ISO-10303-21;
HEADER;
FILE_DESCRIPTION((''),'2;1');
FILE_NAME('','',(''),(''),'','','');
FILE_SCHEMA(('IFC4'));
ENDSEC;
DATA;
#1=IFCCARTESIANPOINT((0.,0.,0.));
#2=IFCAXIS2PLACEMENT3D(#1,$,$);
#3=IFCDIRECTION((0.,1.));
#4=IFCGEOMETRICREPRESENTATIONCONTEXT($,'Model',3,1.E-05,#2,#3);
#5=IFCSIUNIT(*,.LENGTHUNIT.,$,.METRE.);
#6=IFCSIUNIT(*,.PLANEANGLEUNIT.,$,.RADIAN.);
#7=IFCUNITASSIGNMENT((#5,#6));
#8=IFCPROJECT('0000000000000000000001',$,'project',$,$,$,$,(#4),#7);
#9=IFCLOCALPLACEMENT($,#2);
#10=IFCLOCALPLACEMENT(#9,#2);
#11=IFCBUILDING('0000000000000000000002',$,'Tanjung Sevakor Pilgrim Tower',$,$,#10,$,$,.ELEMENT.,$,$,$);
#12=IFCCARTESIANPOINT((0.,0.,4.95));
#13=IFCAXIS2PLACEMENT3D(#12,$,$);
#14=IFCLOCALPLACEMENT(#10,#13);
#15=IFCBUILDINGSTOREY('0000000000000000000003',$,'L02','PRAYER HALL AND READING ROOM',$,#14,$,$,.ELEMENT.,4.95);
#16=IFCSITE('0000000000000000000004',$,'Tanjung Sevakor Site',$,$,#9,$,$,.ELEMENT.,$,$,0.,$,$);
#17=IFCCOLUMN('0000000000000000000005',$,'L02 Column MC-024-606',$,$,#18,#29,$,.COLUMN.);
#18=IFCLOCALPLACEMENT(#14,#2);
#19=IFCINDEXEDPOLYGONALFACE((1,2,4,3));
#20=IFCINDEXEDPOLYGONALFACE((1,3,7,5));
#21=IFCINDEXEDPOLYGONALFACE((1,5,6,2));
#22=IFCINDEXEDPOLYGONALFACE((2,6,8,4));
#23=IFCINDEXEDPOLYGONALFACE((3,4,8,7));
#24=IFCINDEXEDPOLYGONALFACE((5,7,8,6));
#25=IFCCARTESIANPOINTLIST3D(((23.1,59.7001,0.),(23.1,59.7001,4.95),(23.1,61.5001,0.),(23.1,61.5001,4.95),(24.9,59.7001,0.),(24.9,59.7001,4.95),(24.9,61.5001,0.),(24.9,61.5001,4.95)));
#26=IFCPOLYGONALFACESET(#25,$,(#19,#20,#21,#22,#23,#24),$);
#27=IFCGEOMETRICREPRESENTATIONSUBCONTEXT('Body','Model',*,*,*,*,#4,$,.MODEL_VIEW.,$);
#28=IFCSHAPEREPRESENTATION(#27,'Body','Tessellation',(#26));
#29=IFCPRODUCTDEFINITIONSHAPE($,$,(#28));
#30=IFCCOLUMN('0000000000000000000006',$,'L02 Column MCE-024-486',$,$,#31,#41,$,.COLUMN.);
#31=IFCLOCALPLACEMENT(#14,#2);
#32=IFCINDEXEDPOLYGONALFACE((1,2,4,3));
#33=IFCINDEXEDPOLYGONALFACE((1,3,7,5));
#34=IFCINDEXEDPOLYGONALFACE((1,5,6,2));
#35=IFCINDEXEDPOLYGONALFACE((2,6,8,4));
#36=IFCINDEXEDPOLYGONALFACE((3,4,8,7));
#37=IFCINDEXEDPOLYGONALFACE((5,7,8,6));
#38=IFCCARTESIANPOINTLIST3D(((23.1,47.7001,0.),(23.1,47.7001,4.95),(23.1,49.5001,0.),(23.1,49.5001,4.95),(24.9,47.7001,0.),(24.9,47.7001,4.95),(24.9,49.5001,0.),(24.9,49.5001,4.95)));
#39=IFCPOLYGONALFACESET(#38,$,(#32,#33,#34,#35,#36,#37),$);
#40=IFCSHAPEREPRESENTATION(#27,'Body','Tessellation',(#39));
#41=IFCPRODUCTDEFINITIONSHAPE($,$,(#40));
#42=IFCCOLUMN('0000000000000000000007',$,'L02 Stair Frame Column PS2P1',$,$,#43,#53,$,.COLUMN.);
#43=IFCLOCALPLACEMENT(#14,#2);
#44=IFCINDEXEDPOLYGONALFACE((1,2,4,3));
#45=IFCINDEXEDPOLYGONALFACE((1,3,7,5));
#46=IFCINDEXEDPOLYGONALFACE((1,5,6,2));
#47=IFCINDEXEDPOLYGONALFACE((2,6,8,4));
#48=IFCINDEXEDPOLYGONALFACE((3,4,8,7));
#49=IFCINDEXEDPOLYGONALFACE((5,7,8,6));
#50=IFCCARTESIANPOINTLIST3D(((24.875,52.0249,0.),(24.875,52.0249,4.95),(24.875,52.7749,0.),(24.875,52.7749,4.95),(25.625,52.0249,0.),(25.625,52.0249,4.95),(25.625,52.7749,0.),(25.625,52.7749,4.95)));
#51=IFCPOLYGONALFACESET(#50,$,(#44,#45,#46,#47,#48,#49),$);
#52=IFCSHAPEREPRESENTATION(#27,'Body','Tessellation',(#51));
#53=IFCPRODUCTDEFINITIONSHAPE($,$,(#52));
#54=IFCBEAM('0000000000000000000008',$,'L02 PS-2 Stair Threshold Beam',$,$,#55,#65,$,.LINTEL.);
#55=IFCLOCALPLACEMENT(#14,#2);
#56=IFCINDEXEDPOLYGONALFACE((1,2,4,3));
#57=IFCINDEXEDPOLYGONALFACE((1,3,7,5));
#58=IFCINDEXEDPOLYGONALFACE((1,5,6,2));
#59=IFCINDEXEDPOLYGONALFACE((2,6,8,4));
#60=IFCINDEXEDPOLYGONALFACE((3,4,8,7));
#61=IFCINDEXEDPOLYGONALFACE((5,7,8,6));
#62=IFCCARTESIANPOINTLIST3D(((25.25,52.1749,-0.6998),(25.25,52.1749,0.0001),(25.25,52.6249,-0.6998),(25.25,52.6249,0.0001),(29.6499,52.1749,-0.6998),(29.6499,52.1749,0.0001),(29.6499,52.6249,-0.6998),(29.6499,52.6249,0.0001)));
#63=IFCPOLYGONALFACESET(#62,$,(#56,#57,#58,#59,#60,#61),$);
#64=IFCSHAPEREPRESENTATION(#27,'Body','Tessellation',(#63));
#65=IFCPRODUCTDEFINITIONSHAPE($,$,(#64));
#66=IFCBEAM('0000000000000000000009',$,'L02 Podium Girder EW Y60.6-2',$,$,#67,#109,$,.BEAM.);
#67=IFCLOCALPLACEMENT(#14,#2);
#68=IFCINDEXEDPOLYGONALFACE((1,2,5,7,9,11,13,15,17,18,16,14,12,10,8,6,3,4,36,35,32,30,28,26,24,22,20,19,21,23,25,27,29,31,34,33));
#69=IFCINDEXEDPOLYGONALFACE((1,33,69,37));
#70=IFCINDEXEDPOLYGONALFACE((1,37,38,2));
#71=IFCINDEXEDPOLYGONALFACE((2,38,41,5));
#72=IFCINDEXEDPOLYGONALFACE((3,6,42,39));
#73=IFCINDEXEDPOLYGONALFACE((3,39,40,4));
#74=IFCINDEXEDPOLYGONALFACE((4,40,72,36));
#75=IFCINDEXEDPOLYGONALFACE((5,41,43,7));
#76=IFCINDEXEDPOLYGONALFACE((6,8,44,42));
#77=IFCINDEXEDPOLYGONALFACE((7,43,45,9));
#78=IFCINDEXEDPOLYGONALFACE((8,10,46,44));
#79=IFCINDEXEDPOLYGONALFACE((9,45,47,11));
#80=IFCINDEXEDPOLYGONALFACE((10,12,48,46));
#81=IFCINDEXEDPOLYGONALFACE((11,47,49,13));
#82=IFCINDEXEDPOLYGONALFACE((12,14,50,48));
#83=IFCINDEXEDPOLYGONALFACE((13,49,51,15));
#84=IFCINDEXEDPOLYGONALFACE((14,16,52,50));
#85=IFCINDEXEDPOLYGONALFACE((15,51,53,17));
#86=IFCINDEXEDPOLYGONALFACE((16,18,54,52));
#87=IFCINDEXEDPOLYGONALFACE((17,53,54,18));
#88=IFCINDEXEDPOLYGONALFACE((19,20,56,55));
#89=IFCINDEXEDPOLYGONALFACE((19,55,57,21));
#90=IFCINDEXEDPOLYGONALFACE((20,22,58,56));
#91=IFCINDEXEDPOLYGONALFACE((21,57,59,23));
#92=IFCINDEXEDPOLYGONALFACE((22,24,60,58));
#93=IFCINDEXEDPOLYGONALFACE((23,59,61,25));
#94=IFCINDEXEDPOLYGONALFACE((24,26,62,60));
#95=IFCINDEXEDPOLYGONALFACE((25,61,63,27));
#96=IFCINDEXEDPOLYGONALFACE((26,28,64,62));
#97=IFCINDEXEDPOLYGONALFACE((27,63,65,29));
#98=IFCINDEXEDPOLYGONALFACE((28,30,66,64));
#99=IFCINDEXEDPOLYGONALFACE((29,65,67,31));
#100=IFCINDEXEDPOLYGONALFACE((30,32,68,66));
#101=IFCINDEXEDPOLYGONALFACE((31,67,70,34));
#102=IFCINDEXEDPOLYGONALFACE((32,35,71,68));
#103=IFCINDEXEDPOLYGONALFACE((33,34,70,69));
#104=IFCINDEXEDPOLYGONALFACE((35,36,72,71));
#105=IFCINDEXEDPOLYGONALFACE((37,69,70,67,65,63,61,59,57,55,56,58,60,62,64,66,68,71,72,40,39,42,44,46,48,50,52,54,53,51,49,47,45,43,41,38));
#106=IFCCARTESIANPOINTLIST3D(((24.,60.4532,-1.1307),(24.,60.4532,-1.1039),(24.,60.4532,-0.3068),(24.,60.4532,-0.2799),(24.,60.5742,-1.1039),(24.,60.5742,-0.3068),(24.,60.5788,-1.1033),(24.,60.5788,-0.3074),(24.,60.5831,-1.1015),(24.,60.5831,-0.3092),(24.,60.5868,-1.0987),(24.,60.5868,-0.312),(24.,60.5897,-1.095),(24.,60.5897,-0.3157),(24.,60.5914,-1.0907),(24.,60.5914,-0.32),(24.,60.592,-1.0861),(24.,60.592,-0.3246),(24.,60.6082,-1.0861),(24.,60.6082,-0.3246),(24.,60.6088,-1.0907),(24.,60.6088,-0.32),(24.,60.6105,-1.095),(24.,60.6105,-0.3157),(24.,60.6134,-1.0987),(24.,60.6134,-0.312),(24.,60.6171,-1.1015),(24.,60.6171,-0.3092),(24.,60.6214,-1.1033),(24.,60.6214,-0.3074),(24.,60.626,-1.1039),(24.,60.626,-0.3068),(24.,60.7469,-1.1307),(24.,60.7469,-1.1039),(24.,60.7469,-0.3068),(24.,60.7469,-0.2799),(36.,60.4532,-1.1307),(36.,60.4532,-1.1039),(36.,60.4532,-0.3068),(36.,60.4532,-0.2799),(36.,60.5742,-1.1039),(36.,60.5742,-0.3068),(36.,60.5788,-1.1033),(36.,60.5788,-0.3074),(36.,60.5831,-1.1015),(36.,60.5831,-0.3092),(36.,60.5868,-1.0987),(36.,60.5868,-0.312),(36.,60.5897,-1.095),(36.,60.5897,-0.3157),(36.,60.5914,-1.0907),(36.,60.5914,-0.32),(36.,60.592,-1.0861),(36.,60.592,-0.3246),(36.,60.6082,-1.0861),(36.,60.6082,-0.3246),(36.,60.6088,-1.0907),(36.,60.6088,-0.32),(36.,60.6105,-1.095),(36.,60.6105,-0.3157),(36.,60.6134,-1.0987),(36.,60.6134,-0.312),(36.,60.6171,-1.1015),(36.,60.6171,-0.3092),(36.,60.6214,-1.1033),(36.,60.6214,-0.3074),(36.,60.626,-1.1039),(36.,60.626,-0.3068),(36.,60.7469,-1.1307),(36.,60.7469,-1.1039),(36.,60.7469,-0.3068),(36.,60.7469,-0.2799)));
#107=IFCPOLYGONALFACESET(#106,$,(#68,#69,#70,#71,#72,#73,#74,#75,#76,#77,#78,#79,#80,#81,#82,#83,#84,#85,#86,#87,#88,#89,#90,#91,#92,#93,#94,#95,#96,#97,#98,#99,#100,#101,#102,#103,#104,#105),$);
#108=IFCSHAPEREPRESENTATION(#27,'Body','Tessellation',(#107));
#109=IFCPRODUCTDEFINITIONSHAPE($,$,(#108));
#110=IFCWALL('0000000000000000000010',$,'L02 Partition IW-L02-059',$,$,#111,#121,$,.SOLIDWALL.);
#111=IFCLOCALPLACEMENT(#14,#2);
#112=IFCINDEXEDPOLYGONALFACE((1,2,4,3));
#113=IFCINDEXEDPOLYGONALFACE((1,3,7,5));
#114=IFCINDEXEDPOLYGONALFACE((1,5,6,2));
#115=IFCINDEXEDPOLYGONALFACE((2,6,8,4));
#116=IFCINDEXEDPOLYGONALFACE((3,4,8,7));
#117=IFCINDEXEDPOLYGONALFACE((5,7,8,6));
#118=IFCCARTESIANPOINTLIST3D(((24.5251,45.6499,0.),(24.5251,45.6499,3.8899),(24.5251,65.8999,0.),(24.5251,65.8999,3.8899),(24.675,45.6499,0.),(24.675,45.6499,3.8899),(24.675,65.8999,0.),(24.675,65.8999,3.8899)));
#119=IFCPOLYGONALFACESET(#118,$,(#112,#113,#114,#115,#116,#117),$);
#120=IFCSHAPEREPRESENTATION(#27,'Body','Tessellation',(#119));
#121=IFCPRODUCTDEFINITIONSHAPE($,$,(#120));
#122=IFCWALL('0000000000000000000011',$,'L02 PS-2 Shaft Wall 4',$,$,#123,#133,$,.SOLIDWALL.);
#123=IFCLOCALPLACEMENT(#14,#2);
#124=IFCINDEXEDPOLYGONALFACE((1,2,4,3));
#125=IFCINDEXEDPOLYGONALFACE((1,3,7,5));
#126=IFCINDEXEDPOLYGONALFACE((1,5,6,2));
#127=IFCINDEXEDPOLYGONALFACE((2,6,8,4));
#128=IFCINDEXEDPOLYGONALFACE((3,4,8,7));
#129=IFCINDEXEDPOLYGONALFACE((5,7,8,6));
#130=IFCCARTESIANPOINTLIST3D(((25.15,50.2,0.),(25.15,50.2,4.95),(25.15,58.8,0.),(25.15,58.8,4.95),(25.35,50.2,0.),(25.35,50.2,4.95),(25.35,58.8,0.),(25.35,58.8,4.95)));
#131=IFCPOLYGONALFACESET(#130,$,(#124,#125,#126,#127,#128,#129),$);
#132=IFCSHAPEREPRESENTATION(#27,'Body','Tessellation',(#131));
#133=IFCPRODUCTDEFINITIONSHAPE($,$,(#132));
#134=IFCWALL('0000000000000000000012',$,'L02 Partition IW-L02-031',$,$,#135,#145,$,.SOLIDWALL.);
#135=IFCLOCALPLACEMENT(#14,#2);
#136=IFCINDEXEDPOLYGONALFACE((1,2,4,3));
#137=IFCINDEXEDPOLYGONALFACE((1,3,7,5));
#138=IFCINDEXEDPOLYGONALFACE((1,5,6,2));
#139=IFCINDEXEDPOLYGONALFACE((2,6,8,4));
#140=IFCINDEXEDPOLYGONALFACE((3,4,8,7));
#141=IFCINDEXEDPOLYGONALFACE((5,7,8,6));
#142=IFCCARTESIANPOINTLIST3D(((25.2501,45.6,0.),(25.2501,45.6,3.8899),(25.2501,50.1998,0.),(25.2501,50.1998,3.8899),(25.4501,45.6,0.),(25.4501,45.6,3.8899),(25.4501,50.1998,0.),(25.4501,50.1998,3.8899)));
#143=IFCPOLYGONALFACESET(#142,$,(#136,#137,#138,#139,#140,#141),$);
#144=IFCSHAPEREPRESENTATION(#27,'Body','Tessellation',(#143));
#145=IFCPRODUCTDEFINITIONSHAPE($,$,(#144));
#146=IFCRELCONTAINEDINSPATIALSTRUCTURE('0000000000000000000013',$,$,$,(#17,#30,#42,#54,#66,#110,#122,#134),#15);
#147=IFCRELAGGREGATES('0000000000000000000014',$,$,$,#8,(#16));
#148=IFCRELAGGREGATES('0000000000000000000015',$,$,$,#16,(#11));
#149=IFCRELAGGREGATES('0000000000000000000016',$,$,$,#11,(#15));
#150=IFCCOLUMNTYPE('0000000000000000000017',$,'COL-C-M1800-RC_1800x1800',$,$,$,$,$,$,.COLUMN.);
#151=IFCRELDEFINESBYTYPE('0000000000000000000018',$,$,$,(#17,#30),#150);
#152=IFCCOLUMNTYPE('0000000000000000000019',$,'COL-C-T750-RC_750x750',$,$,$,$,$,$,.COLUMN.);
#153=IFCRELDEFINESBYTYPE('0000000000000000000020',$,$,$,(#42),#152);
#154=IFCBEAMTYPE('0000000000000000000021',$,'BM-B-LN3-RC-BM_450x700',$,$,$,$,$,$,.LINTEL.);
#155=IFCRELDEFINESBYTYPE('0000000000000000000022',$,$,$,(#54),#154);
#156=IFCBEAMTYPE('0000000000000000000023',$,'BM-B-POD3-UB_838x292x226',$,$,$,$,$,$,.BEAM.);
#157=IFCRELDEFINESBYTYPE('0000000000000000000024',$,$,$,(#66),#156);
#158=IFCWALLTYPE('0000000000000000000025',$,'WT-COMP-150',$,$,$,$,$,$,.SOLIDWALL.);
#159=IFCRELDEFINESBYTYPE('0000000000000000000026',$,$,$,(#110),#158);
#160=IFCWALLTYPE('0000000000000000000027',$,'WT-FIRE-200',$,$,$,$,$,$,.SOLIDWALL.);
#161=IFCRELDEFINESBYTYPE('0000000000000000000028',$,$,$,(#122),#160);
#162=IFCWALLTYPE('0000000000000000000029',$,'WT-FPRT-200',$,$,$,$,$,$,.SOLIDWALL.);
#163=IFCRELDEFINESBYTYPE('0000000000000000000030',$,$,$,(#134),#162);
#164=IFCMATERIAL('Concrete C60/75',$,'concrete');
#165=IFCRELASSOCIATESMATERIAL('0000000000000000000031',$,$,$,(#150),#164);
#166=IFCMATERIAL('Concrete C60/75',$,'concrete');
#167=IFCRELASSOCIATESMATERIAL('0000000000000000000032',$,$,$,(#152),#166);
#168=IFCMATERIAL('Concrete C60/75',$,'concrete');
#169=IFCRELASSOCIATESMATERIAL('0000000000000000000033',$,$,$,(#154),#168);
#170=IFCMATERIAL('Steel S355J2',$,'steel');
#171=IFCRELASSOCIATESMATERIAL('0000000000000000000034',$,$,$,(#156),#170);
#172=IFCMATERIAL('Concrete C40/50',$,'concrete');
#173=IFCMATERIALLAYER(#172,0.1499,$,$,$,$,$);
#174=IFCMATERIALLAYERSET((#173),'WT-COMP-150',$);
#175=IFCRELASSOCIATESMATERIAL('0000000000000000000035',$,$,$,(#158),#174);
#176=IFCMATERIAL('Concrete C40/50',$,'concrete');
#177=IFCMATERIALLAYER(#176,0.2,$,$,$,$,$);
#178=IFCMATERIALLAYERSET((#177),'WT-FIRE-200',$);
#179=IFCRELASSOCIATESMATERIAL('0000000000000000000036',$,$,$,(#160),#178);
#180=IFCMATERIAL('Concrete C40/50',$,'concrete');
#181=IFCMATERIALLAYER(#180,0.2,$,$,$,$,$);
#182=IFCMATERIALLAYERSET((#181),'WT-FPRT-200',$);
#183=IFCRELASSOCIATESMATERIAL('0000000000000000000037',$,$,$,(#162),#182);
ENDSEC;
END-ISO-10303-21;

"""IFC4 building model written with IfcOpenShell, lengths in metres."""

from ifc_helpers import new_model, si_unit, direction, frame, frame_2d, origin, origin_2d, place, context, subcontext, project, spatial, rectangle, i_section, extrude, material, layer, layer_set, material_profile, profile_set, type_object, element, save


model = new_model("IFC4")

# Units and contexts
model_context = context("Model", 3, precision=1e-05, world=origin(), true_north=direction((0.0, 1.0)))
body_context = subcontext(model_context, "Body", "Model", "MODEL_VIEW")
ifc_project = project(units=[si_unit("LENGTHUNIT", "METRE"), si_unit("PLANEANGLEUNIT", "RADIAN")], contexts=[model_context])

# Site, building, storey
site_placement = place(None, origin())
site = spatial("IfcSite", under=ifc_project, at=site_placement, Name="Tanjung Sevakor Site", CompositionType="ELEMENT", RefElevation=0.0)
building_placement = place(site_placement, origin())
building = spatial("IfcBuilding", under=site, at=building_placement, Name="Tanjung Sevakor Pilgrim Tower", CompositionType="ELEMENT")
storey_placement = place(building_placement, frame((0.0, 0.0, 4.95)))
storey = spatial("IfcBuildingStorey", under=building, at=storey_placement, Name="L02", Description="PRAYER HALL AND READING ROOM", CompositionType="ELEMENT", Elevation=4.95)

# Columns
ifc_material_1 = material(Name="Concrete C60/75", Category="concrete")
ifc_material_profile_1 = material_profile(ifc_material_1, rectangle(XDim=1.8, YDim=1.8, at=origin_2d()))
ifc_profile_set_1 = profile_set([ifc_material_profile_1], Name="Concrete C60/75")
column_type_1 = type_object("IfcColumnType", Name="COL-C-M1800-RC_1800x1800", PredefinedType="COLUMN", material=ifc_profile_set_1)
for number, where, z_axis, x_axis, name in (
    (1, (24.0, 60.6001, 0.0), (0.0, 0.0, 1.0), (1.0, 0.0, 0.0), "L02 Column MC-024-606"),
    (2, (24.0, 48.6001, 0.0), (0.0, 0.0, 1.0), (1.0, 0.0, 0.0), "L02 Column MCE-024-486"),
):
    element("IfcColumn", number, at=place(storey_placement, frame(where, z_axis=z_axis, x_axis=x_axis)), inside=storey, type_object=column_type_1, Name=name, PredefinedType="COLUMN", context=body_context, shape_type="SweptSolid", body=[
        extrude(rectangle(XDim=1.8, YDim=1.8, at=origin_2d()), origin(), (0.0, 0.0, 1.0), 4.95),
    ])
ifc_material_2 = material(Name="Concrete C60/75", Category="concrete")
ifc_material_profile_2 = material_profile(ifc_material_2, rectangle(XDim=0.75, YDim=0.75, at=origin_2d()))
ifc_profile_set_2 = profile_set([ifc_material_profile_2], Name="Concrete C60/75")
column_type_2 = type_object("IfcColumnType", Name="COL-C-T750-RC_750x750", PredefinedType="COLUMN", material=ifc_profile_set_2)
column_placement = place(storey_placement, frame((25.25, 52.3999, 0.0), z_axis=(0.0, 0.0, 1.0), x_axis=(1.0, 0.0, 0.0)))
element("IfcColumn", 3, at=column_placement, inside=storey, type_object=column_type_2, Name="L02 Stair Frame Column PS2P1", PredefinedType="COLUMN", context=body_context, shape_type="SweptSolid", body=[
    extrude(rectangle(XDim=0.75, YDim=0.75, at=origin_2d()), origin(), (0.0, 0.0, 1.0), 4.95),
])

# Beams
ifc_material_3 = material(Name="Concrete C60/75", Category="concrete")
ifc_material_profile_3 = material_profile(ifc_material_3, rectangle(XDim=0.45, YDim=0.7, at=origin_2d()))
ifc_profile_set_3 = profile_set([ifc_material_profile_3], Name="Concrete C60/75")
beam_type_1 = type_object("IfcBeamType", Name="BM-B-LN3-RC-BM_450x700", PredefinedType="LINTEL", material=ifc_profile_set_3)
beam_1_placement = place(storey_placement, frame((25.25, 52.3999, -0.3499), z_axis=(1.0, 0.0, 0.0), x_axis=(0.0, 1.0, 0.0)))
element("IfcBeam", 4, at=beam_1_placement, inside=storey, type_object=beam_type_1, Name="L02 PS-2 Stair Threshold Beam", PredefinedType="LINTEL", context=body_context, shape_type="SweptSolid", body=[
    extrude(rectangle(XDim=0.45, YDim=0.7, at=origin_2d()), origin(), (0.0, 0.0, 1.0), 4.3999),
])
ifc_material_4 = material(Name="Steel S355J2", Category="steel")
ifc_material_profile_4 = material_profile(ifc_material_4, i_section(OverallWidth=0.2937, OverallDepth=0.8508, WebThickness=0.0161, FlangeThickness=0.0269, FilletRadius=0.0178, at=origin_2d()))
ifc_profile_set_4 = profile_set([ifc_material_profile_4], Name="Steel S355J2")
beam_type_2 = type_object("IfcBeamType", Name="BM-B-POD3-UB_838x292x226", PredefinedType="BEAM", material=ifc_profile_set_4)
beam_2_placement = place(storey_placement, frame((24.0, 60.6001, -0.7053), z_axis=(1.0, 0.0, 0.0), x_axis=(0.0, 1.0, 0.0)))
element("IfcBeam", 5, at=beam_2_placement, inside=storey, type_object=beam_type_2, Name="L02 Podium Girder EW Y60.6-2", PredefinedType="BEAM", context=body_context, shape_type="SweptSolid", body=[
    extrude(i_section(OverallWidth=0.2937, OverallDepth=0.8508, WebThickness=0.0161, FlangeThickness=0.0269, FilletRadius=0.0178, at=origin_2d()), origin(), (0.0, 0.0, 1.0), 12.0),
])

# Wall
ifc_material_5 = material(Name="Concrete C40/50", Category="concrete")
ifc_layer_1 = layer(ifc_material_5, 0.1499)
ifc_layer_set_1 = layer_set([ifc_layer_1], Name="WT-COMP-150")
wall_type_1 = type_object("IfcWallType", Name="WT-COMP-150", PredefinedType="SOLIDWALL", material=ifc_layer_set_1)
wall_1_placement = place(storey_placement, frame((24.6001, 45.6499, 0.0), z_axis=(0.0, 0.0, 1.0), x_axis=(0.0, 1.0, 0.0)))
element("IfcWall", 6, at=wall_1_placement, inside=storey, type_object=wall_type_1, Name="L02 Partition IW-L02-059", PredefinedType="SOLIDWALL", context=body_context, shape_type="SweptSolid", body=[
    extrude(rectangle(XDim=20.25, YDim=0.1499, at=frame_2d((10.125, 0.0))), origin(), (0.0, 0.0, 1.0), 3.8899),
])

# Shared definitions
ifc_material_6 = material(Name="Concrete C40/50", Category="concrete")
ifc_layer_2 = layer(ifc_material_6, 0.2)
ifc_layer_set_2 = layer_set([ifc_layer_2], Name="WT-FIRE-200")
wall_type_2 = type_object("IfcWallType", Name="WT-FIRE-200", PredefinedType="SOLIDWALL", material=ifc_layer_set_2)

# Walls
wall_2_placement = place(storey_placement, frame((25.25, 58.8, 0.0), z_axis=(0.0, 0.0, 1.0), x_axis=(0.0, -1.0, 0.0)))
element("IfcWall", 7, at=wall_2_placement, inside=storey, type_object=wall_type_2, Name="L02 PS-2 Shaft Wall 4", PredefinedType="SOLIDWALL", context=body_context, shape_type="SweptSolid", body=[
    extrude(rectangle(XDim=8.6001, YDim=0.2, at=frame_2d((4.3, 0.0))), origin(), (0.0, 0.0, 1.0), 4.95),
])
ifc_material_7 = material(Name="Concrete C40/50", Category="concrete")
ifc_layer_3 = layer(ifc_material_7, 0.2)
ifc_layer_set_3 = layer_set([ifc_layer_3], Name="WT-FPRT-200")
wall_type_3 = type_object("IfcWallType", Name="WT-FPRT-200", PredefinedType="SOLIDWALL", material=ifc_layer_set_3)
wall_3_placement = place(storey_placement, frame((25.3501, 45.6001, 0.0), z_axis=(0.0, 0.0, 1.0), x_axis=(0.0, 1.0, 0.0)))
element("IfcWall", 8, at=wall_3_placement, inside=storey, type_object=wall_type_3, Name="L02 Partition IW-L02-031", PredefinedType="SOLIDWALL", context=body_context, shape_type="SweptSolid", body=[
    extrude(rectangle(XDim=4.5999, YDim=0.2, at=frame_2d((2.2998, 0.0))), origin(), (0.0, 0.0, 1.0), 3.8899),
])

save(model, "model.ifc")
